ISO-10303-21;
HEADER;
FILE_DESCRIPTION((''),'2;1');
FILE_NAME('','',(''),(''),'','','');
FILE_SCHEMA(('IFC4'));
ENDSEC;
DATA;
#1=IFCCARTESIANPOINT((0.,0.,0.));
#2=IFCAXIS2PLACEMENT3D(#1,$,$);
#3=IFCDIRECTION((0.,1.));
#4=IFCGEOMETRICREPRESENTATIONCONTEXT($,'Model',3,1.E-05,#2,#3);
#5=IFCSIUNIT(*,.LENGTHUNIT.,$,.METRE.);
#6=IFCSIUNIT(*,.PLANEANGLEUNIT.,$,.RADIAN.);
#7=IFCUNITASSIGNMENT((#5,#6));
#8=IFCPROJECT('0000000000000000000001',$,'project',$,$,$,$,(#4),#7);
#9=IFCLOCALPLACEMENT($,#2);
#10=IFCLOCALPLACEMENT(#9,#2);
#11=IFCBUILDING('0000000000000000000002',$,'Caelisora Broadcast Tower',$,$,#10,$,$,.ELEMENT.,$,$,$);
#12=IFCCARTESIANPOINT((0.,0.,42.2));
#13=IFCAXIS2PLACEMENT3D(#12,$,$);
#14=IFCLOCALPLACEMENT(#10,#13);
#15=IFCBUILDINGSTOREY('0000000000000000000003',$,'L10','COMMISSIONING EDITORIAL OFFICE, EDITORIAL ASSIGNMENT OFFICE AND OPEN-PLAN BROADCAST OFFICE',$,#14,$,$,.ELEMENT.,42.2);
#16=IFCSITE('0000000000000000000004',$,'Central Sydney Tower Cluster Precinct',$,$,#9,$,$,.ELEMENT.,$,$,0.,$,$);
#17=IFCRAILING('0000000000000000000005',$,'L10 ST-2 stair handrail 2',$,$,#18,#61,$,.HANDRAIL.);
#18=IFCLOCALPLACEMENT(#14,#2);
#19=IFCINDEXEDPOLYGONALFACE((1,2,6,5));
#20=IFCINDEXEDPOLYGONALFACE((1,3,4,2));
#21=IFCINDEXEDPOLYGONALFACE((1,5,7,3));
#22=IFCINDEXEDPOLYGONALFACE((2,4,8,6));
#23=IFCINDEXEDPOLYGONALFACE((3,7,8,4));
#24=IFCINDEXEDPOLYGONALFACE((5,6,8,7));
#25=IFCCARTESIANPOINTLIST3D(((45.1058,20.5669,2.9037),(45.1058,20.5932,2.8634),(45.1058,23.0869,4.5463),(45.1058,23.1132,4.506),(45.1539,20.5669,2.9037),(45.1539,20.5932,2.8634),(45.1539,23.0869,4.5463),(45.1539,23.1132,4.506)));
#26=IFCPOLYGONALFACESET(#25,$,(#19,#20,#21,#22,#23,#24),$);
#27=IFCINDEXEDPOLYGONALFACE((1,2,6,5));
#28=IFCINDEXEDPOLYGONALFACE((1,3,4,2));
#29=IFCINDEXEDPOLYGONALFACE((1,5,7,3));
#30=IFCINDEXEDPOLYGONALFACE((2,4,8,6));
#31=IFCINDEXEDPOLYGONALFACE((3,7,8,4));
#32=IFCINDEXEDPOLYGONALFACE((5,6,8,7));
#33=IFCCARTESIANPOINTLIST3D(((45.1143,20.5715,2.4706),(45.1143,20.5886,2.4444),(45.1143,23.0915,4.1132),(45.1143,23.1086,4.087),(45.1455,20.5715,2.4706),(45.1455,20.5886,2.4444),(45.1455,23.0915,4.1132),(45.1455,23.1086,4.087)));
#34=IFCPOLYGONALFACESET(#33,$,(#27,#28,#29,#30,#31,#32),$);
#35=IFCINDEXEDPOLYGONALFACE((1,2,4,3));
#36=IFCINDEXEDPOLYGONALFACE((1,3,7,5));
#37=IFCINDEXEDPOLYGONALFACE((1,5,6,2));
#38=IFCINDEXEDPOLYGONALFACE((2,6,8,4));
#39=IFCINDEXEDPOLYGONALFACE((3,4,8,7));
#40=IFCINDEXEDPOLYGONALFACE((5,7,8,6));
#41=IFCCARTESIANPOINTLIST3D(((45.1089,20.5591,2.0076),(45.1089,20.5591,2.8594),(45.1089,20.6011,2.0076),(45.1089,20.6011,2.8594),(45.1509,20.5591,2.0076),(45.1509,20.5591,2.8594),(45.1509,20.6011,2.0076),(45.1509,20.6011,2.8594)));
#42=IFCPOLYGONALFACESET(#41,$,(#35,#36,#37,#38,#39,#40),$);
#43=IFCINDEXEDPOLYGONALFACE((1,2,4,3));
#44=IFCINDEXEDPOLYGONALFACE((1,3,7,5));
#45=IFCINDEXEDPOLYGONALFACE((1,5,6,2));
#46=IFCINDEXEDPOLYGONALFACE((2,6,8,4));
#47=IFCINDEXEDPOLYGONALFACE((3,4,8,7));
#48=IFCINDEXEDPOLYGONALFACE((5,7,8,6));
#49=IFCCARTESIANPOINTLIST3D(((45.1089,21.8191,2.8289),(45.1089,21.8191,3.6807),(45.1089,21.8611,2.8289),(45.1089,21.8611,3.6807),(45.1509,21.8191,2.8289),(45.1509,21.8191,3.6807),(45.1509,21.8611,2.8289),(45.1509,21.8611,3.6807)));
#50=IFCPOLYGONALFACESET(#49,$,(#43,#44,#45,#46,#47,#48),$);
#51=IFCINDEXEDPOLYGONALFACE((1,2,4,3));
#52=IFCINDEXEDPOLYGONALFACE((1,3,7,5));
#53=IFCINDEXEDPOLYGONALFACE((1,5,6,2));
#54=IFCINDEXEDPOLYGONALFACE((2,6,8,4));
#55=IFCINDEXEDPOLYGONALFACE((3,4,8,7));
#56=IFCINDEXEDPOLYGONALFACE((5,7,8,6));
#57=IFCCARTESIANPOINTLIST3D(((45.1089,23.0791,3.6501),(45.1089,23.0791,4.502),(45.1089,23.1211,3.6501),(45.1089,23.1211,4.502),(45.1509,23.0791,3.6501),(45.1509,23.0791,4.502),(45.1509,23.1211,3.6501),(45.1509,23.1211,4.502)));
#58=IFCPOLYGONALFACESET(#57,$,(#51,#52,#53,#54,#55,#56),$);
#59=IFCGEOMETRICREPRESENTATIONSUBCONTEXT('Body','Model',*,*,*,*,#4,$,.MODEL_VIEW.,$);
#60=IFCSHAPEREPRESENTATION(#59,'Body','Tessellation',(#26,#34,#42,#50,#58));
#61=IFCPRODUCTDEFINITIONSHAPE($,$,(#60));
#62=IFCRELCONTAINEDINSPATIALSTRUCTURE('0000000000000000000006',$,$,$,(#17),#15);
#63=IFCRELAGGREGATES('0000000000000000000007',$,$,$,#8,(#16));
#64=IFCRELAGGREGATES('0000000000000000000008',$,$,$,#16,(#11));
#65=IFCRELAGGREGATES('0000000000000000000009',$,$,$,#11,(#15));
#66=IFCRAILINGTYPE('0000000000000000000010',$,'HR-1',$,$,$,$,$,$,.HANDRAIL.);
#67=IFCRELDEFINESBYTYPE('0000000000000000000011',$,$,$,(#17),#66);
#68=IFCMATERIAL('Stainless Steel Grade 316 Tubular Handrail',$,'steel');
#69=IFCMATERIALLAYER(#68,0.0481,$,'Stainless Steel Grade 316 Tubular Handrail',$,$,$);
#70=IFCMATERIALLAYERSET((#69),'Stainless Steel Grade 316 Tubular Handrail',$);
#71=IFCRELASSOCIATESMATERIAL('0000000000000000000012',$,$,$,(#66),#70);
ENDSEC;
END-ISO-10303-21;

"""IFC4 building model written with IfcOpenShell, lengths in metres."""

from ifc_helpers import new_model, si_unit, direction, frame, origin, origin_2d, place, context, subcontext, project, spatial, rectangle, extrude, material, layer, layer_set, type_object, element, save


model = new_model("IFC4")

# Units and contexts
model_context = context("Model", 3, precision=1e-05, world=origin(), true_north=direction((0.0, 1.0)))
body_context = subcontext(model_context, "Body", "Model", "MODEL_VIEW")
ifc_project = project(units=[si_unit("LENGTHUNIT", "METRE"), si_unit("PLANEANGLEUNIT", "RADIAN")], contexts=[model_context])

# Site, building, storey
site_placement = place(None, origin())
site = spatial("IfcSite", under=ifc_project, at=site_placement, Name="Central Sydney Tower Cluster Precinct", CompositionType="ELEMENT", RefElevation=0.0)
building_placement = place(site_placement, origin())
building = spatial("IfcBuilding", under=site, at=building_placement, Name="Caelisora Broadcast Tower", CompositionType="ELEMENT")
storey_placement = place(building_placement, frame((0.0, 0.0, 42.2)))
storey = spatial("IfcBuildingStorey", under=building, at=storey_placement, Name="L10", Description="COMMISSIONING EDITORIAL OFFICE, EDITORIAL ASSIGNMENT OFFICE AND OPEN-PLAN BROADCAST OFFICE", CompositionType="ELEMENT", Elevation=42.2)

# Railing
ifc_material_1 = material(Name="Stainless Steel Grade 316 Tubular Handrail", Category="steel")
ifc_layer_1 = layer(ifc_material_1, 0.0481, Name="Stainless Steel Grade 316 Tubular Handrail")
ifc_layer_set_1 = layer_set([ifc_layer_1], Name="Stainless Steel Grade 316 Tubular Handrail")
railing_type_1 = type_object("IfcRailingType", Name="HR-1", PredefinedType="HANDRAIL", material=ifc_layer_set_1)
railing_1_placement = place(storey_placement, frame((45.1299, 20.5801, 2.0076)))
element("IfcRailing", 1, at=railing_1_placement, inside=storey, type_object=railing_type_1, Name="L10 ST-2 stair handrail 2", PredefinedType="HANDRAIL", context=body_context, shape_type="SweptSolid", body=[
    extrude(rectangle(XDim=0.0481, YDim=0.0481, at=origin_2d()), frame((0.0, 0.0, 0.876), z_axis=(0.0, 0.837749, 0.546055), x_axis=(-1.0, 0.0, 0.0)), (0.0, 0.0, 1.0), 3.0081),
    extrude(rectangle(XDim=0.0312, YDim=0.0312, at=origin_2d()), frame((0.0, 0.0, 0.45), z_axis=(0.0, 0.837749, 0.546055), x_axis=(-1.0, 0.0, 0.0)), (0.0, 0.0, 1.0), 3.0081),
    extrude(rectangle(XDim=0.042, YDim=0.042, at=origin_2d()), origin(), (0.0, 0.0, 1.0), 0.8518),
    extrude(rectangle(XDim=0.042, YDim=0.042, at=origin_2d()), frame((0.0, 1.26, 0.8213)), (0.0, 0.0, 1.0), 0.8518),
    extrude(rectangle(XDim=0.042, YDim=0.042, at=origin_2d()), frame((0.0, 2.52, 1.6426)), (0.0, 0.0, 1.0), 0.8518),
])

save(model, "model.ifc")
